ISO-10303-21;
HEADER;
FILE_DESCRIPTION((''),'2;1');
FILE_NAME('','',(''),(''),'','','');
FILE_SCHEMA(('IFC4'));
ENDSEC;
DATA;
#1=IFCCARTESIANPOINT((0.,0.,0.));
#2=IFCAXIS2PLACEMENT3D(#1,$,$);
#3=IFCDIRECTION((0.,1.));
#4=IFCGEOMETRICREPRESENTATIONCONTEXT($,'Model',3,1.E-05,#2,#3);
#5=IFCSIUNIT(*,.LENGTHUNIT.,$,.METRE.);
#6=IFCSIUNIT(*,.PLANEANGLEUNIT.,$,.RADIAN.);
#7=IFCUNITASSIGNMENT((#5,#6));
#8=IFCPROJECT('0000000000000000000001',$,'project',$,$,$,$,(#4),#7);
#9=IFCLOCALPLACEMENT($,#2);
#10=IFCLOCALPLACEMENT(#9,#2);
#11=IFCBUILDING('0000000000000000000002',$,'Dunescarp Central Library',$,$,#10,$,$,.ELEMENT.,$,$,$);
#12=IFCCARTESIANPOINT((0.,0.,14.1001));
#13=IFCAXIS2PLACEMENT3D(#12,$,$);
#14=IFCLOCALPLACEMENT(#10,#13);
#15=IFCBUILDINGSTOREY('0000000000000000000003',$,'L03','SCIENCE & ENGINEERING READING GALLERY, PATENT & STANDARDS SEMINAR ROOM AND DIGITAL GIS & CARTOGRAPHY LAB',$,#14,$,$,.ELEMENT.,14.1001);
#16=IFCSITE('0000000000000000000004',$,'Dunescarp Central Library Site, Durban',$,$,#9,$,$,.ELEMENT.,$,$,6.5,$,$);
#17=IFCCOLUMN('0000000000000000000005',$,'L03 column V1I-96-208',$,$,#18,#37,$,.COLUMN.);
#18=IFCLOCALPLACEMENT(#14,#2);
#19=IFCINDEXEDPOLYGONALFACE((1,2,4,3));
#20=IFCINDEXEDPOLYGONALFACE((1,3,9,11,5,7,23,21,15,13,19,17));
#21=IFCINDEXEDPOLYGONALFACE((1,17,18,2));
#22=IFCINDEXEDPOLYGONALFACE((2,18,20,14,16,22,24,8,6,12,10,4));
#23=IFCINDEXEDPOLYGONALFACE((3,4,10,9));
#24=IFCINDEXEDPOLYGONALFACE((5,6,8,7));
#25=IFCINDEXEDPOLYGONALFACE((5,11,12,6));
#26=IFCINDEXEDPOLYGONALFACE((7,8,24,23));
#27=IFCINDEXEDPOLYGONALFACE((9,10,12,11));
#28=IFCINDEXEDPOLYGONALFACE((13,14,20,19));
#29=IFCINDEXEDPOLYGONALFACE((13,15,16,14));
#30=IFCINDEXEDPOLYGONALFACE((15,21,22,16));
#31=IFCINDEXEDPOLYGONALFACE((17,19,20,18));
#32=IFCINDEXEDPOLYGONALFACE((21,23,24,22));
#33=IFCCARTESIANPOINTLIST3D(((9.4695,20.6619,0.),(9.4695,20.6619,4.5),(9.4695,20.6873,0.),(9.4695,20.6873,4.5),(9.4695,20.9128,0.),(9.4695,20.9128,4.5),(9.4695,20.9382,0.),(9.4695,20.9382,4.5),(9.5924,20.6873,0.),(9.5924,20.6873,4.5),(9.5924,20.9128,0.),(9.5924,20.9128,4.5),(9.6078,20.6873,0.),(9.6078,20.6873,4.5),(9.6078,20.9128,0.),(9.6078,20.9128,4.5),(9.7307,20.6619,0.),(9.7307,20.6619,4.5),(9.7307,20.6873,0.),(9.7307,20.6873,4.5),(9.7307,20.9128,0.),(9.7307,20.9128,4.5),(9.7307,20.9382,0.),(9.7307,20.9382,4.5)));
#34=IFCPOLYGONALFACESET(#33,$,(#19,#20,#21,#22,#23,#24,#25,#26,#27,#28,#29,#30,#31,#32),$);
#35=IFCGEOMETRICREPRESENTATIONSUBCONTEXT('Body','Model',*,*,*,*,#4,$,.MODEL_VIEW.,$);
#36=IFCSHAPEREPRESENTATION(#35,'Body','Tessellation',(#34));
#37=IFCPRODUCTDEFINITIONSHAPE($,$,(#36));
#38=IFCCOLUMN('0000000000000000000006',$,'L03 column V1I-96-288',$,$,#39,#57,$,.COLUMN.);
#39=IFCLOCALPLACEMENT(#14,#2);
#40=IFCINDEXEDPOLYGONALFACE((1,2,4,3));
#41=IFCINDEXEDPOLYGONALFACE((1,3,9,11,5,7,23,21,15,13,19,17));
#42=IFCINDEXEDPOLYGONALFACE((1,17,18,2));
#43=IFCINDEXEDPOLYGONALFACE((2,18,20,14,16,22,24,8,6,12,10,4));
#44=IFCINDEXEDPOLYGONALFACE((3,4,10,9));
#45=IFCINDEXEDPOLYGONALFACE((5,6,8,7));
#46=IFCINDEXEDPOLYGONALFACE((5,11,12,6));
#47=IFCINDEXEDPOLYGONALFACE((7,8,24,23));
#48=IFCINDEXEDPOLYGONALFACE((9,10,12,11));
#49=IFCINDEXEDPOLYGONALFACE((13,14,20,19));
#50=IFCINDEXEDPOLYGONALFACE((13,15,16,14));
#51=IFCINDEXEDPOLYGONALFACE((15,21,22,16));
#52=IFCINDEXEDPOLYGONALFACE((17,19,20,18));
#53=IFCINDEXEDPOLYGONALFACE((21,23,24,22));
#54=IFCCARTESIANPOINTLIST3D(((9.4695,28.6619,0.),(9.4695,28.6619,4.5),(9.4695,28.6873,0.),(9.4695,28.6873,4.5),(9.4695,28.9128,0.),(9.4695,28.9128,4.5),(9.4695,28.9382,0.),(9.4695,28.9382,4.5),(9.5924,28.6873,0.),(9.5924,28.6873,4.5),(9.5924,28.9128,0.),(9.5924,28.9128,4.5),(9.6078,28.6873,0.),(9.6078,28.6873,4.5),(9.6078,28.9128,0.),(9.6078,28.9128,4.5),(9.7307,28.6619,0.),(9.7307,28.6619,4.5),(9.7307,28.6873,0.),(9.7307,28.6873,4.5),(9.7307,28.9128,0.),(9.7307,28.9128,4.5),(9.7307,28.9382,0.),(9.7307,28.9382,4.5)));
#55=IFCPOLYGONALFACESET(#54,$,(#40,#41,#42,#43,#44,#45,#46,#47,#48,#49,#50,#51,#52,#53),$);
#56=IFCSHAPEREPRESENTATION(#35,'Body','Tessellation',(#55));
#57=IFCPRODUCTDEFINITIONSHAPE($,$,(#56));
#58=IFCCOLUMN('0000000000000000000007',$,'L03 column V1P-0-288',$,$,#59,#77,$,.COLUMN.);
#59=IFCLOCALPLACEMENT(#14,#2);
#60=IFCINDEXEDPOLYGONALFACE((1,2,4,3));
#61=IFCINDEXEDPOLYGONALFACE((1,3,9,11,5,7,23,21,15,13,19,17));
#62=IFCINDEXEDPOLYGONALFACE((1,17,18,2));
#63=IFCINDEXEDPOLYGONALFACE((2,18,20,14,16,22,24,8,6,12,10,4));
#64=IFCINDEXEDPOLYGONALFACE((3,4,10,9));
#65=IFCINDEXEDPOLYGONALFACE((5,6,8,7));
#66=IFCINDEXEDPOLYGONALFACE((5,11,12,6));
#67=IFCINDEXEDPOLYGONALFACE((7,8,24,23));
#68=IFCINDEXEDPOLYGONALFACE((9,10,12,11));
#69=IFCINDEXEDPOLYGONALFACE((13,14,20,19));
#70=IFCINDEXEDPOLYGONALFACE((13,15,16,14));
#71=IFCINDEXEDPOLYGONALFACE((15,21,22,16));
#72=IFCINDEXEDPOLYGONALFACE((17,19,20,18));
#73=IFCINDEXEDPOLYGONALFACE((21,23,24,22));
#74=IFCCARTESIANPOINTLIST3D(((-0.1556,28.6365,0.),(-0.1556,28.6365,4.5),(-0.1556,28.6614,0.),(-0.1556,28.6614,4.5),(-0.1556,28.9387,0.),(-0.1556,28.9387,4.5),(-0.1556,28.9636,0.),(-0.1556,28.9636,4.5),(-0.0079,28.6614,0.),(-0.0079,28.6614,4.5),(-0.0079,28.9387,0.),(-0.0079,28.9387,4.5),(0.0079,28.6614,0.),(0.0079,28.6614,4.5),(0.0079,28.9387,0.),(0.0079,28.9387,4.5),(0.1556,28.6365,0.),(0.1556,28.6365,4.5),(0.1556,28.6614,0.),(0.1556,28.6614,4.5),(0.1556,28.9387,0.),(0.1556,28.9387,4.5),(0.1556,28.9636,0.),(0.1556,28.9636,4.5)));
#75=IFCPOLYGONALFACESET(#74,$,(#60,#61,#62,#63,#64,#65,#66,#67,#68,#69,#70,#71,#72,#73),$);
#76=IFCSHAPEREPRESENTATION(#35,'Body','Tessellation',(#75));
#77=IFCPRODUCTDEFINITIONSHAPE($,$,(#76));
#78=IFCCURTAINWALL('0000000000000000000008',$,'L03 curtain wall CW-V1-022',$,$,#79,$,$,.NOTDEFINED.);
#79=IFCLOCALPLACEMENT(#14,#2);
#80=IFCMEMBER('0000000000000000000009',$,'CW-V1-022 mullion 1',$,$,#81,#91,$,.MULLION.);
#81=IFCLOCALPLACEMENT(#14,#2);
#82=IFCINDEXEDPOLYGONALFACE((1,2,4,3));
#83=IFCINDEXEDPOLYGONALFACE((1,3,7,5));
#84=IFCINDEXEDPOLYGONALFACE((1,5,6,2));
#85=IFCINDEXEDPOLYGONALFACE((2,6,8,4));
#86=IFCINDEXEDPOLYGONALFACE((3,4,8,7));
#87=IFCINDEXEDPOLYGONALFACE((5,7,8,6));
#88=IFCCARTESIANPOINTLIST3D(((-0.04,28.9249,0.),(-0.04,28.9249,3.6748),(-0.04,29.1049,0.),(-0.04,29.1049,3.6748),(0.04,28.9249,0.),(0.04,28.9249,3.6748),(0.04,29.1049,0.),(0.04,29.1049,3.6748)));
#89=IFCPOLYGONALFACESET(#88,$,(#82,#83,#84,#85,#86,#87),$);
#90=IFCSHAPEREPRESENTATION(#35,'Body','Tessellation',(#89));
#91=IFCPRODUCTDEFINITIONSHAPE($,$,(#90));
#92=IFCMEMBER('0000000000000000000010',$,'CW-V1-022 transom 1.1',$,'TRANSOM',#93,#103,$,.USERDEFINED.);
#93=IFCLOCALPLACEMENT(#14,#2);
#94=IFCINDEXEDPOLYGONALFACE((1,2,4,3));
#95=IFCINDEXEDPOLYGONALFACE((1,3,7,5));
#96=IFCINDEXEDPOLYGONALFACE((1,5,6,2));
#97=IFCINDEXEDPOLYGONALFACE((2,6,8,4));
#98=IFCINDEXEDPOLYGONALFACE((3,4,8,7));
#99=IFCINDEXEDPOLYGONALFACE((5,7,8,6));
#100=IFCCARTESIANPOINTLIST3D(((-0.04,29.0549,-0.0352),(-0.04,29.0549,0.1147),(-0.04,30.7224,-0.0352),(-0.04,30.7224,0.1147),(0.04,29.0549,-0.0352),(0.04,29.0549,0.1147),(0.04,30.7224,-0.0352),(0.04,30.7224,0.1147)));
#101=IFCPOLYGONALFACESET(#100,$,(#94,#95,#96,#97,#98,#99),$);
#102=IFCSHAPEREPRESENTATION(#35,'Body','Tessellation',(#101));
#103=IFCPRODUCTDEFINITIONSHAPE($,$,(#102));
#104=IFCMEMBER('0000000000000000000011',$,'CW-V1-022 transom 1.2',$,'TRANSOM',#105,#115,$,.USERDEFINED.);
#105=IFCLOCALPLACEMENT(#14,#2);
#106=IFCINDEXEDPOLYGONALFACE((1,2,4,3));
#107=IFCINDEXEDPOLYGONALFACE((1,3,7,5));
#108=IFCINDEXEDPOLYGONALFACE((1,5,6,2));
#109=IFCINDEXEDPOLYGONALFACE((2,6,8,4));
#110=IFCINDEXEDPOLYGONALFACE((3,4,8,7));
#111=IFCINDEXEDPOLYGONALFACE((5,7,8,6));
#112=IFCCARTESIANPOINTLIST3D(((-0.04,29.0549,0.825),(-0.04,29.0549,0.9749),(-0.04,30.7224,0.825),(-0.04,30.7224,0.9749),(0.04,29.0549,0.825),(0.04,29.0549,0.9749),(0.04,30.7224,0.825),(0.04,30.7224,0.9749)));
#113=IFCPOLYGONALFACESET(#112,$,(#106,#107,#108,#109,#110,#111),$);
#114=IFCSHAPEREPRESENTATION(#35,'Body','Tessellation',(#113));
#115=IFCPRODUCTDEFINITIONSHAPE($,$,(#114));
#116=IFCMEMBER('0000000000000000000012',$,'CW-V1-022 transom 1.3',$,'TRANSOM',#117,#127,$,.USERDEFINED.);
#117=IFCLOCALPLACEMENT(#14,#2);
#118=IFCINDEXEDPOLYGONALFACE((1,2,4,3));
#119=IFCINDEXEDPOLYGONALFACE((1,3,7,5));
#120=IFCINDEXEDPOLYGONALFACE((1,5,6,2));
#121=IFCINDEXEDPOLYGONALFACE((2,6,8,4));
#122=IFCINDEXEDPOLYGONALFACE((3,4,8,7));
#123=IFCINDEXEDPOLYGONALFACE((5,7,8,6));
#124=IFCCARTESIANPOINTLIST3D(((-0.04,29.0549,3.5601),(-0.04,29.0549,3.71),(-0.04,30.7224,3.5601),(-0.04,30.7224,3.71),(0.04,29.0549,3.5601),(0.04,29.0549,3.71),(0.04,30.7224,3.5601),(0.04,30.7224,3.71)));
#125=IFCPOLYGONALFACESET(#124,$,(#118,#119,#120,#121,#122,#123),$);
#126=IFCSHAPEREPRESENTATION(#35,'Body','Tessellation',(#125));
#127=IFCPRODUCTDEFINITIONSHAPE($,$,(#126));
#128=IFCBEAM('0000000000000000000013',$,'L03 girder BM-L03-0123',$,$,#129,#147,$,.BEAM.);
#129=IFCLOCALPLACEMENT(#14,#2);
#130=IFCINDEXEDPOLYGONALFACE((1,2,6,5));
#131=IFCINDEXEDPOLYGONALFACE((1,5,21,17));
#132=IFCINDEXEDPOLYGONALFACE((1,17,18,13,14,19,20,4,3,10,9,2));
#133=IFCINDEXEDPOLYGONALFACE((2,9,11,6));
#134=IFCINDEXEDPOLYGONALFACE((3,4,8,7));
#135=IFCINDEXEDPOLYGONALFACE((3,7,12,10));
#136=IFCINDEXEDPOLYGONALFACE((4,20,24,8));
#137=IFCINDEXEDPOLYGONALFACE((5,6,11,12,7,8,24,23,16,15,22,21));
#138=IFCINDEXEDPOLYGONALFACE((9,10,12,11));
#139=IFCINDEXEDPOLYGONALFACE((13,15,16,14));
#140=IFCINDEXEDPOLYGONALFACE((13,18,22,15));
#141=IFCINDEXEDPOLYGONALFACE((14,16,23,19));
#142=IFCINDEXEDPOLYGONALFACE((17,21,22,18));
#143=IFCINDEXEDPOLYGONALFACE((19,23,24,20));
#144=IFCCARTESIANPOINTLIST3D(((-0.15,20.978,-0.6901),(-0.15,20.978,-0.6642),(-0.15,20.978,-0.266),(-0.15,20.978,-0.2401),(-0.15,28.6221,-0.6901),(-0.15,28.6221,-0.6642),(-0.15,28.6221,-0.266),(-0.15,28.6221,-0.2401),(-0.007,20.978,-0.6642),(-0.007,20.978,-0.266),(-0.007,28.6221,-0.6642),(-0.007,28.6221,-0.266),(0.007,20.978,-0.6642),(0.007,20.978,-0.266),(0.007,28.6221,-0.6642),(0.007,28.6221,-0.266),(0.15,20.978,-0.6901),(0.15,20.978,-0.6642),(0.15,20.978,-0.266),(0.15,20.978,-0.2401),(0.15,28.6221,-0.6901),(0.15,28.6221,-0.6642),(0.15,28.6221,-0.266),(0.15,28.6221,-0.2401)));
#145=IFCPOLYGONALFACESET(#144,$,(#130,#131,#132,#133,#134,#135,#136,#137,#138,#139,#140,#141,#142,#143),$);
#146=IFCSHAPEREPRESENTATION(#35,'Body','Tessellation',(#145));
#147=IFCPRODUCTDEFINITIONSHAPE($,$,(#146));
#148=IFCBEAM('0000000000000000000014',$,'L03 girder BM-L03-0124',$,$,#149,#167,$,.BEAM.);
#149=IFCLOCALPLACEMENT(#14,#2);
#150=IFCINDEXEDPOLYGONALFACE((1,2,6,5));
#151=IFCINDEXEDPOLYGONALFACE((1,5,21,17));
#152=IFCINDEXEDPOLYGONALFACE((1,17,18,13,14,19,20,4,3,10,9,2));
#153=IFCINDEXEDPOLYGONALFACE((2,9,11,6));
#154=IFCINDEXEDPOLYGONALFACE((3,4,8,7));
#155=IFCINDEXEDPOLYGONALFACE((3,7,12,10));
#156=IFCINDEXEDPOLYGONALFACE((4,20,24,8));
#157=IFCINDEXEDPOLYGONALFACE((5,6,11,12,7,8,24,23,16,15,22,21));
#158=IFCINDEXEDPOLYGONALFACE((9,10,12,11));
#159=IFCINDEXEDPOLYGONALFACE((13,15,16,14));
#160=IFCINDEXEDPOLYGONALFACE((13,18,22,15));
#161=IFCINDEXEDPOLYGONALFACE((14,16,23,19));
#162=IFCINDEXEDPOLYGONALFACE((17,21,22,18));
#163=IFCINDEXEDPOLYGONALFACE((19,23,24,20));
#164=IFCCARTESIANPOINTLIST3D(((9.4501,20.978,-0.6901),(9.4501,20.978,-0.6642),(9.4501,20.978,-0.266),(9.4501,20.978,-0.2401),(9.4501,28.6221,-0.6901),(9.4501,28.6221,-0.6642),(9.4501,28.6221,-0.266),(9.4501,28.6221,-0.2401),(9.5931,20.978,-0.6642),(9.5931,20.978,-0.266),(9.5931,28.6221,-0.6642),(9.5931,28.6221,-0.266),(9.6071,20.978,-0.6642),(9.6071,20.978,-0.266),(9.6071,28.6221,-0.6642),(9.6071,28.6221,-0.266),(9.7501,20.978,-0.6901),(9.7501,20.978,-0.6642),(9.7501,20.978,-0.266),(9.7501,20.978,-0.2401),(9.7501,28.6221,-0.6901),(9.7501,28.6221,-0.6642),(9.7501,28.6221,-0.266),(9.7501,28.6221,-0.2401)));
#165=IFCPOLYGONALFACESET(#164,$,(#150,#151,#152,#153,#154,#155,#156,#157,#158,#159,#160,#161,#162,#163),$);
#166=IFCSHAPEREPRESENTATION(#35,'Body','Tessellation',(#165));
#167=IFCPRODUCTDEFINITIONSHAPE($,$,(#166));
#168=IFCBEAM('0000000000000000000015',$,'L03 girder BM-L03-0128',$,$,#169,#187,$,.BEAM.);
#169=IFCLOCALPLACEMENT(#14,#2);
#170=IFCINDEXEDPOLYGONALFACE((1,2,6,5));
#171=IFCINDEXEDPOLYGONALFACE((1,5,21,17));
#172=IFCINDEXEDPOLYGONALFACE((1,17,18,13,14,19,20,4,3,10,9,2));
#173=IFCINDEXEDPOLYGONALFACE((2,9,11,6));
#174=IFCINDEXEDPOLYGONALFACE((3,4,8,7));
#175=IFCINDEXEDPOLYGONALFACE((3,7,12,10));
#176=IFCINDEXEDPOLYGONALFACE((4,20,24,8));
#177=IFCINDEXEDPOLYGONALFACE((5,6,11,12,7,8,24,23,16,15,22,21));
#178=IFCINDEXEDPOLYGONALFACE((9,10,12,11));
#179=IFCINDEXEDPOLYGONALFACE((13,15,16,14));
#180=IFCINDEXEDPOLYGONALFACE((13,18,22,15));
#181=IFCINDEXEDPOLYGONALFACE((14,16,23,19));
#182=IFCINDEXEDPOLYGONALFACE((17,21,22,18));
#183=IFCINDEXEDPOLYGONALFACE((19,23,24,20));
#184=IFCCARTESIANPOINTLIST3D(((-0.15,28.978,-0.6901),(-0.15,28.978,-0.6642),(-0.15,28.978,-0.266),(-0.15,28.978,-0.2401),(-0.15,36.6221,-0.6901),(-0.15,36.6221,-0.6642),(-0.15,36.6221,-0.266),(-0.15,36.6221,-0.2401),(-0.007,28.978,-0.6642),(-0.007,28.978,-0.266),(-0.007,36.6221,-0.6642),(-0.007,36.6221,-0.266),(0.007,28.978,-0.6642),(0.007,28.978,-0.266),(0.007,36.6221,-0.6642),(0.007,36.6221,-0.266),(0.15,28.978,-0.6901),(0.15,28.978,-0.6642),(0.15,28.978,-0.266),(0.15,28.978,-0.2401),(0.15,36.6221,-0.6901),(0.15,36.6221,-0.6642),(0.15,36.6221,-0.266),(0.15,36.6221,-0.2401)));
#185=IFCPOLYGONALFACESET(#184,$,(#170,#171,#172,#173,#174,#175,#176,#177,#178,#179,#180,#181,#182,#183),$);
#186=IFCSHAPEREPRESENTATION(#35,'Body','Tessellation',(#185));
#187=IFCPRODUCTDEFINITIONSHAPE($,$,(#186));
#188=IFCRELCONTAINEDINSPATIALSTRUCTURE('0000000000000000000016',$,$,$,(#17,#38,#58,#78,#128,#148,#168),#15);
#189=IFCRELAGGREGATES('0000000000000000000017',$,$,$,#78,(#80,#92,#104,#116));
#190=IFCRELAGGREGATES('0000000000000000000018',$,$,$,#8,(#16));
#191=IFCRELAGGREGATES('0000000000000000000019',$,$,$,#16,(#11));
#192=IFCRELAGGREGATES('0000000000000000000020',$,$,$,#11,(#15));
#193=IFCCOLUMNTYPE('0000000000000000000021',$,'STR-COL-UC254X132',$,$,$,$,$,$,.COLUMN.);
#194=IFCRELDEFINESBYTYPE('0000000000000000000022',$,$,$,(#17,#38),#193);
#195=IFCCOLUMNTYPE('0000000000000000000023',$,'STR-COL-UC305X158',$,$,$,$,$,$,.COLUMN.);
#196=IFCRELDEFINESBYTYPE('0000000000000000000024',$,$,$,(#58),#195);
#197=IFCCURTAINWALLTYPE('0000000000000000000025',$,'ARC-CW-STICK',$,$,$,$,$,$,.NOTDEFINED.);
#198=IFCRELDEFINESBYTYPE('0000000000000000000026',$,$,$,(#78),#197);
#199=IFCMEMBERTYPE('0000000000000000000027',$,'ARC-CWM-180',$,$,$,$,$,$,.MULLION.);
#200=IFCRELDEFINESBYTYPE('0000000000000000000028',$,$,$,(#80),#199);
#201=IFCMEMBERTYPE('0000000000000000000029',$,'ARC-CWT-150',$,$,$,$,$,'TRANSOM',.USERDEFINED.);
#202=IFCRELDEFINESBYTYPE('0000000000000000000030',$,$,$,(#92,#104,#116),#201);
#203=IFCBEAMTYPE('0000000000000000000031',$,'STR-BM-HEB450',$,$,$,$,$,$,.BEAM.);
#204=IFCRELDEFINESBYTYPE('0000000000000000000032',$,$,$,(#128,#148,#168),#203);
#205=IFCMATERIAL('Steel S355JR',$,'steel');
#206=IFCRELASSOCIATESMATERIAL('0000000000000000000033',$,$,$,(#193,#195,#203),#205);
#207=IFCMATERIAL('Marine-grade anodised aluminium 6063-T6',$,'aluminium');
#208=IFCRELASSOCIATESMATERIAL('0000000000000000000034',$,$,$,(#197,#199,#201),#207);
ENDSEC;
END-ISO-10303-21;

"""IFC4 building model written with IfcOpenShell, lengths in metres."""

from ifc_helpers import new_model, si_unit, direction, frame, origin, origin_2d, place, context, subcontext, project, spatial, rectangle, i_section, extrude, material, material_profile, profile_set, type_object, element, aggregate, save


model = new_model("IFC4")

# Units and contexts
model_context = context("Model", 3, precision=1e-05, world=origin(), true_north=direction((0.0, 1.0)))
body_context = subcontext(model_context, "Body", "Model", "MODEL_VIEW")
ifc_project = project(units=[si_unit("LENGTHUNIT", "METRE"), si_unit("PLANEANGLEUNIT", "RADIAN")], contexts=[model_context])

# Site, building, storey
site_placement = place(None, origin())
site = spatial("IfcSite", under=ifc_project, at=site_placement, Name="Dunescarp Central Library Site, Durban", CompositionType="ELEMENT", RefElevation=6.5)
building_placement = place(site_placement, origin())
building = spatial("IfcBuilding", under=site, at=building_placement, Name="Dunescarp Central Library", CompositionType="ELEMENT")
storey_placement = place(building_placement, frame((0.0, 0.0, 14.1001)))
storey = spatial("IfcBuildingStorey", under=building, at=storey_placement, Name="L03", Description="SCIENCE & ENGINEERING READING GALLERY, PATENT & STANDARDS SEMINAR ROOM AND DIGITAL GIS & CARTOGRAPHY LAB", CompositionType="ELEMENT", Elevation=14.1001)

# Columns
ifc_material_1 = material(Name="Steel S355JR", Category="steel")
ifc_material_profile_1 = material_profile(ifc_material_1, i_section(OverallWidth=0.2612, OverallDepth=0.2764, WebThickness=0.0154, FlangeThickness=0.0254, at=origin_2d()), Name="UC 254x254x132")
ifc_profile_set_1 = profile_set([ifc_material_profile_1], Name="Steel S355JR")
column_type_1 = type_object("IfcColumnType", Name="STR-COL-UC254X132", PredefinedType="COLUMN", material=ifc_profile_set_1)
for number, where, z_axis, x_axis, name in (
    (1, (9.6001, 20.8, 0.0), (0.0, 0.0, 1.0), (1.0, 0.0, 0.0), "L03 column V1I-96-208"),
    (2, (9.6001, 28.8, 0.0), (0.0, 0.0, 1.0), (1.0, 0.0, 0.0), "L03 column V1I-96-288"),
):
    element("IfcColumn", number, at=place(storey_placement, frame(where, z_axis=z_axis, x_axis=x_axis)), inside=storey, type_object=column_type_1, Name=name, PredefinedType="COLUMN", context=body_context, shape_type="SweptSolid", body=[
        extrude(i_section(OverallWidth=0.2612, OverallDepth=0.2764, WebThickness=0.0154, FlangeThickness=0.0254, at=origin_2d()), origin(), (0.0, 0.0, 1.0), 4.5),
    ])
ifc_material_profile_2 = material_profile(ifc_material_1, i_section(OverallWidth=0.3113, OverallDepth=0.3271, WebThickness=0.0159, FlangeThickness=0.0249, at=origin_2d()), Name="UC 305x305x158")
ifc_profile_set_2 = profile_set([ifc_material_profile_2], Name="Steel S355JR")
column_type_2 = type_object("IfcColumnType", Name="STR-COL-UC305X158", PredefinedType="COLUMN", material=ifc_profile_set_2)
column_placement = place(storey_placement, frame((0.0, 28.8, 0.0), z_axis=(0.0, 0.0, 1.0), x_axis=(1.0, 0.0, 0.0)))
element("IfcColumn", 3, at=column_placement, inside=storey, type_object=column_type_2, Name="L03 column V1P-0-288", PredefinedType="COLUMN", context=body_context, shape_type="SweptSolid", body=[
    extrude(i_section(OverallWidth=0.3113, OverallDepth=0.3271, WebThickness=0.0159, FlangeThickness=0.0249, at=origin_2d()), origin(), (0.0, 0.0, 1.0), 4.5),
])

# Curtain wall, members
ifc_material_2 = material(Name="Marine-grade anodised aluminium 6063-T6", Category="aluminium")
curtain_wall_type = type_object("IfcCurtainWallType", Name="ARC-CW-STICK", PredefinedType="NOTDEFINED", material=ifc_material_2)
curtain_wall_placement = place(storey_placement, origin())
curtain_wall = element("IfcCurtainWall", 4, at=curtain_wall_placement, inside=storey, type_object=curtain_wall_type, Name="L03 curtain wall CW-V1-022", PredefinedType="NOTDEFINED")
ifc_material_profile_3 = material_profile(ifc_material_2, rectangle(XDim=0.0801, YDim=0.1799, at=origin_2d()), Name="AL 80x180")
ifc_profile_set_3 = profile_set([ifc_material_profile_3], Name="Marine-grade anodised aluminium 6063-T6")
member_type_1 = type_object("IfcMemberType", Name="ARC-CWM-180", PredefinedType="MULLION", material=ifc_profile_set_3)
member_1_placement = place(storey_placement, frame((0.0, 29.0149, 0.0), z_axis=(0.0, 0.0, 1.0), x_axis=(-1.0, 0.0, 0.0)))
member_1 = element("IfcMember", 5, at=member_1_placement, type_object=member_type_1, Name="CW-V1-022 mullion 1", PredefinedType="MULLION", context=body_context, shape_type="SweptSolid", body=[
    extrude(rectangle(XDim=0.0801, YDim=0.1799, at=origin_2d()), origin(), (0.0, 0.0, 1.0), 3.6748),
])
ifc_material_profile_4 = material_profile(ifc_material_2, rectangle(XDim=0.0801, YDim=0.1499, at=origin_2d()), Name="AL 80x150")
ifc_profile_set_4 = profile_set([ifc_material_profile_4], Name="Marine-grade anodised aluminium 6063-T6")
member_type_2 = type_object("IfcMemberType", Name="ARC-CWT-150", ElementType="TRANSOM", PredefinedType="USERDEFINED", material=ifc_profile_set_4)
member_2_placement = place(storey_placement, frame((0.0, 29.0549, 0.0398), z_axis=(0.0, 1.0, 0.0), x_axis=(-1.0, 0.0, 0.0)))
member_2 = element("IfcMember", 6, at=member_2_placement, type_object=member_type_2, Name="CW-V1-022 transom 1.1", ObjectType="TRANSOM", PredefinedType="USERDEFINED", context=body_context, shape_type="SweptSolid", body=[
    extrude(rectangle(XDim=0.0801, YDim=0.1499, at=origin_2d()), origin(), (0.0, 0.0, 1.0), 1.6675),
])
member_3_placement = place(storey_placement, frame((0.0, 29.0549, 0.8999), z_axis=(0.0, 1.0, 0.0), x_axis=(-1.0, 0.0, 0.0)))
member_3 = element("IfcMember", 7, at=member_3_placement, type_object=member_type_2, Name="CW-V1-022 transom 1.2", ObjectType="TRANSOM", PredefinedType="USERDEFINED", context=body_context, shape_type="SweptSolid", body=[
    extrude(rectangle(XDim=0.0801, YDim=0.1499, at=origin_2d()), origin(), (0.0, 0.0, 1.0), 1.6675),
])
member_4_placement = place(storey_placement, frame((0.0, 29.0549, 3.635), z_axis=(0.0, 1.0, 0.0), x_axis=(-1.0, 0.0, 0.0)))
member_4 = element("IfcMember", 8, at=member_4_placement, type_object=member_type_2, Name="CW-V1-022 transom 1.3", ObjectType="TRANSOM", PredefinedType="USERDEFINED", context=body_context, shape_type="SweptSolid", body=[
    extrude(rectangle(XDim=0.0801, YDim=0.1499, at=origin_2d()), origin(), (0.0, 0.0, 1.0), 1.6675),
])

# Beams
ifc_material_profile_5 = material_profile(ifc_material_1, i_section(OverallWidth=0.3, OverallDepth=0.45, WebThickness=0.0139, FlangeThickness=0.0259, at=origin_2d()), Name="HEB 450")
ifc_profile_set_5 = profile_set([ifc_material_profile_5], Name="Steel S355JR")
beam_type_1 = type_object("IfcBeamType", Name="STR-BM-HEB450", PredefinedType="BEAM", material=ifc_profile_set_5)
for number, where, z_axis, x_axis, name in (
    (9, (0.0, 20.978, -0.4651), (0.0, 1.0, 0.0), (-1.0, 0.0, 0.0), "L03 girder BM-L03-0123"),
    (10, (9.6001, 20.978, -0.4651), (0.0, 1.0, 0.0), (-1.0, 0.0, 0.0), "L03 girder BM-L03-0124"),
    (11, (0.0, 28.978, -0.4651), (0.0, 1.0, 0.0), (-1.0, 0.0, 0.0), "L03 girder BM-L03-0128"),
):
    element("IfcBeam", number, at=place(storey_placement, frame(where, z_axis=z_axis, x_axis=x_axis)), inside=storey, type_object=beam_type_1, Name=name, PredefinedType="BEAM", context=body_context, shape_type="SweptSolid", body=[
        extrude(i_section(OverallWidth=0.3, OverallDepth=0.45, WebThickness=0.0139, FlangeThickness=0.0259, at=origin_2d()), origin(), (0.0, 0.0, 1.0), 7.644),
    ])

aggregate(curtain_wall, [member_1, member_2, member_3, member_4])

save(model, "model.ifc")
